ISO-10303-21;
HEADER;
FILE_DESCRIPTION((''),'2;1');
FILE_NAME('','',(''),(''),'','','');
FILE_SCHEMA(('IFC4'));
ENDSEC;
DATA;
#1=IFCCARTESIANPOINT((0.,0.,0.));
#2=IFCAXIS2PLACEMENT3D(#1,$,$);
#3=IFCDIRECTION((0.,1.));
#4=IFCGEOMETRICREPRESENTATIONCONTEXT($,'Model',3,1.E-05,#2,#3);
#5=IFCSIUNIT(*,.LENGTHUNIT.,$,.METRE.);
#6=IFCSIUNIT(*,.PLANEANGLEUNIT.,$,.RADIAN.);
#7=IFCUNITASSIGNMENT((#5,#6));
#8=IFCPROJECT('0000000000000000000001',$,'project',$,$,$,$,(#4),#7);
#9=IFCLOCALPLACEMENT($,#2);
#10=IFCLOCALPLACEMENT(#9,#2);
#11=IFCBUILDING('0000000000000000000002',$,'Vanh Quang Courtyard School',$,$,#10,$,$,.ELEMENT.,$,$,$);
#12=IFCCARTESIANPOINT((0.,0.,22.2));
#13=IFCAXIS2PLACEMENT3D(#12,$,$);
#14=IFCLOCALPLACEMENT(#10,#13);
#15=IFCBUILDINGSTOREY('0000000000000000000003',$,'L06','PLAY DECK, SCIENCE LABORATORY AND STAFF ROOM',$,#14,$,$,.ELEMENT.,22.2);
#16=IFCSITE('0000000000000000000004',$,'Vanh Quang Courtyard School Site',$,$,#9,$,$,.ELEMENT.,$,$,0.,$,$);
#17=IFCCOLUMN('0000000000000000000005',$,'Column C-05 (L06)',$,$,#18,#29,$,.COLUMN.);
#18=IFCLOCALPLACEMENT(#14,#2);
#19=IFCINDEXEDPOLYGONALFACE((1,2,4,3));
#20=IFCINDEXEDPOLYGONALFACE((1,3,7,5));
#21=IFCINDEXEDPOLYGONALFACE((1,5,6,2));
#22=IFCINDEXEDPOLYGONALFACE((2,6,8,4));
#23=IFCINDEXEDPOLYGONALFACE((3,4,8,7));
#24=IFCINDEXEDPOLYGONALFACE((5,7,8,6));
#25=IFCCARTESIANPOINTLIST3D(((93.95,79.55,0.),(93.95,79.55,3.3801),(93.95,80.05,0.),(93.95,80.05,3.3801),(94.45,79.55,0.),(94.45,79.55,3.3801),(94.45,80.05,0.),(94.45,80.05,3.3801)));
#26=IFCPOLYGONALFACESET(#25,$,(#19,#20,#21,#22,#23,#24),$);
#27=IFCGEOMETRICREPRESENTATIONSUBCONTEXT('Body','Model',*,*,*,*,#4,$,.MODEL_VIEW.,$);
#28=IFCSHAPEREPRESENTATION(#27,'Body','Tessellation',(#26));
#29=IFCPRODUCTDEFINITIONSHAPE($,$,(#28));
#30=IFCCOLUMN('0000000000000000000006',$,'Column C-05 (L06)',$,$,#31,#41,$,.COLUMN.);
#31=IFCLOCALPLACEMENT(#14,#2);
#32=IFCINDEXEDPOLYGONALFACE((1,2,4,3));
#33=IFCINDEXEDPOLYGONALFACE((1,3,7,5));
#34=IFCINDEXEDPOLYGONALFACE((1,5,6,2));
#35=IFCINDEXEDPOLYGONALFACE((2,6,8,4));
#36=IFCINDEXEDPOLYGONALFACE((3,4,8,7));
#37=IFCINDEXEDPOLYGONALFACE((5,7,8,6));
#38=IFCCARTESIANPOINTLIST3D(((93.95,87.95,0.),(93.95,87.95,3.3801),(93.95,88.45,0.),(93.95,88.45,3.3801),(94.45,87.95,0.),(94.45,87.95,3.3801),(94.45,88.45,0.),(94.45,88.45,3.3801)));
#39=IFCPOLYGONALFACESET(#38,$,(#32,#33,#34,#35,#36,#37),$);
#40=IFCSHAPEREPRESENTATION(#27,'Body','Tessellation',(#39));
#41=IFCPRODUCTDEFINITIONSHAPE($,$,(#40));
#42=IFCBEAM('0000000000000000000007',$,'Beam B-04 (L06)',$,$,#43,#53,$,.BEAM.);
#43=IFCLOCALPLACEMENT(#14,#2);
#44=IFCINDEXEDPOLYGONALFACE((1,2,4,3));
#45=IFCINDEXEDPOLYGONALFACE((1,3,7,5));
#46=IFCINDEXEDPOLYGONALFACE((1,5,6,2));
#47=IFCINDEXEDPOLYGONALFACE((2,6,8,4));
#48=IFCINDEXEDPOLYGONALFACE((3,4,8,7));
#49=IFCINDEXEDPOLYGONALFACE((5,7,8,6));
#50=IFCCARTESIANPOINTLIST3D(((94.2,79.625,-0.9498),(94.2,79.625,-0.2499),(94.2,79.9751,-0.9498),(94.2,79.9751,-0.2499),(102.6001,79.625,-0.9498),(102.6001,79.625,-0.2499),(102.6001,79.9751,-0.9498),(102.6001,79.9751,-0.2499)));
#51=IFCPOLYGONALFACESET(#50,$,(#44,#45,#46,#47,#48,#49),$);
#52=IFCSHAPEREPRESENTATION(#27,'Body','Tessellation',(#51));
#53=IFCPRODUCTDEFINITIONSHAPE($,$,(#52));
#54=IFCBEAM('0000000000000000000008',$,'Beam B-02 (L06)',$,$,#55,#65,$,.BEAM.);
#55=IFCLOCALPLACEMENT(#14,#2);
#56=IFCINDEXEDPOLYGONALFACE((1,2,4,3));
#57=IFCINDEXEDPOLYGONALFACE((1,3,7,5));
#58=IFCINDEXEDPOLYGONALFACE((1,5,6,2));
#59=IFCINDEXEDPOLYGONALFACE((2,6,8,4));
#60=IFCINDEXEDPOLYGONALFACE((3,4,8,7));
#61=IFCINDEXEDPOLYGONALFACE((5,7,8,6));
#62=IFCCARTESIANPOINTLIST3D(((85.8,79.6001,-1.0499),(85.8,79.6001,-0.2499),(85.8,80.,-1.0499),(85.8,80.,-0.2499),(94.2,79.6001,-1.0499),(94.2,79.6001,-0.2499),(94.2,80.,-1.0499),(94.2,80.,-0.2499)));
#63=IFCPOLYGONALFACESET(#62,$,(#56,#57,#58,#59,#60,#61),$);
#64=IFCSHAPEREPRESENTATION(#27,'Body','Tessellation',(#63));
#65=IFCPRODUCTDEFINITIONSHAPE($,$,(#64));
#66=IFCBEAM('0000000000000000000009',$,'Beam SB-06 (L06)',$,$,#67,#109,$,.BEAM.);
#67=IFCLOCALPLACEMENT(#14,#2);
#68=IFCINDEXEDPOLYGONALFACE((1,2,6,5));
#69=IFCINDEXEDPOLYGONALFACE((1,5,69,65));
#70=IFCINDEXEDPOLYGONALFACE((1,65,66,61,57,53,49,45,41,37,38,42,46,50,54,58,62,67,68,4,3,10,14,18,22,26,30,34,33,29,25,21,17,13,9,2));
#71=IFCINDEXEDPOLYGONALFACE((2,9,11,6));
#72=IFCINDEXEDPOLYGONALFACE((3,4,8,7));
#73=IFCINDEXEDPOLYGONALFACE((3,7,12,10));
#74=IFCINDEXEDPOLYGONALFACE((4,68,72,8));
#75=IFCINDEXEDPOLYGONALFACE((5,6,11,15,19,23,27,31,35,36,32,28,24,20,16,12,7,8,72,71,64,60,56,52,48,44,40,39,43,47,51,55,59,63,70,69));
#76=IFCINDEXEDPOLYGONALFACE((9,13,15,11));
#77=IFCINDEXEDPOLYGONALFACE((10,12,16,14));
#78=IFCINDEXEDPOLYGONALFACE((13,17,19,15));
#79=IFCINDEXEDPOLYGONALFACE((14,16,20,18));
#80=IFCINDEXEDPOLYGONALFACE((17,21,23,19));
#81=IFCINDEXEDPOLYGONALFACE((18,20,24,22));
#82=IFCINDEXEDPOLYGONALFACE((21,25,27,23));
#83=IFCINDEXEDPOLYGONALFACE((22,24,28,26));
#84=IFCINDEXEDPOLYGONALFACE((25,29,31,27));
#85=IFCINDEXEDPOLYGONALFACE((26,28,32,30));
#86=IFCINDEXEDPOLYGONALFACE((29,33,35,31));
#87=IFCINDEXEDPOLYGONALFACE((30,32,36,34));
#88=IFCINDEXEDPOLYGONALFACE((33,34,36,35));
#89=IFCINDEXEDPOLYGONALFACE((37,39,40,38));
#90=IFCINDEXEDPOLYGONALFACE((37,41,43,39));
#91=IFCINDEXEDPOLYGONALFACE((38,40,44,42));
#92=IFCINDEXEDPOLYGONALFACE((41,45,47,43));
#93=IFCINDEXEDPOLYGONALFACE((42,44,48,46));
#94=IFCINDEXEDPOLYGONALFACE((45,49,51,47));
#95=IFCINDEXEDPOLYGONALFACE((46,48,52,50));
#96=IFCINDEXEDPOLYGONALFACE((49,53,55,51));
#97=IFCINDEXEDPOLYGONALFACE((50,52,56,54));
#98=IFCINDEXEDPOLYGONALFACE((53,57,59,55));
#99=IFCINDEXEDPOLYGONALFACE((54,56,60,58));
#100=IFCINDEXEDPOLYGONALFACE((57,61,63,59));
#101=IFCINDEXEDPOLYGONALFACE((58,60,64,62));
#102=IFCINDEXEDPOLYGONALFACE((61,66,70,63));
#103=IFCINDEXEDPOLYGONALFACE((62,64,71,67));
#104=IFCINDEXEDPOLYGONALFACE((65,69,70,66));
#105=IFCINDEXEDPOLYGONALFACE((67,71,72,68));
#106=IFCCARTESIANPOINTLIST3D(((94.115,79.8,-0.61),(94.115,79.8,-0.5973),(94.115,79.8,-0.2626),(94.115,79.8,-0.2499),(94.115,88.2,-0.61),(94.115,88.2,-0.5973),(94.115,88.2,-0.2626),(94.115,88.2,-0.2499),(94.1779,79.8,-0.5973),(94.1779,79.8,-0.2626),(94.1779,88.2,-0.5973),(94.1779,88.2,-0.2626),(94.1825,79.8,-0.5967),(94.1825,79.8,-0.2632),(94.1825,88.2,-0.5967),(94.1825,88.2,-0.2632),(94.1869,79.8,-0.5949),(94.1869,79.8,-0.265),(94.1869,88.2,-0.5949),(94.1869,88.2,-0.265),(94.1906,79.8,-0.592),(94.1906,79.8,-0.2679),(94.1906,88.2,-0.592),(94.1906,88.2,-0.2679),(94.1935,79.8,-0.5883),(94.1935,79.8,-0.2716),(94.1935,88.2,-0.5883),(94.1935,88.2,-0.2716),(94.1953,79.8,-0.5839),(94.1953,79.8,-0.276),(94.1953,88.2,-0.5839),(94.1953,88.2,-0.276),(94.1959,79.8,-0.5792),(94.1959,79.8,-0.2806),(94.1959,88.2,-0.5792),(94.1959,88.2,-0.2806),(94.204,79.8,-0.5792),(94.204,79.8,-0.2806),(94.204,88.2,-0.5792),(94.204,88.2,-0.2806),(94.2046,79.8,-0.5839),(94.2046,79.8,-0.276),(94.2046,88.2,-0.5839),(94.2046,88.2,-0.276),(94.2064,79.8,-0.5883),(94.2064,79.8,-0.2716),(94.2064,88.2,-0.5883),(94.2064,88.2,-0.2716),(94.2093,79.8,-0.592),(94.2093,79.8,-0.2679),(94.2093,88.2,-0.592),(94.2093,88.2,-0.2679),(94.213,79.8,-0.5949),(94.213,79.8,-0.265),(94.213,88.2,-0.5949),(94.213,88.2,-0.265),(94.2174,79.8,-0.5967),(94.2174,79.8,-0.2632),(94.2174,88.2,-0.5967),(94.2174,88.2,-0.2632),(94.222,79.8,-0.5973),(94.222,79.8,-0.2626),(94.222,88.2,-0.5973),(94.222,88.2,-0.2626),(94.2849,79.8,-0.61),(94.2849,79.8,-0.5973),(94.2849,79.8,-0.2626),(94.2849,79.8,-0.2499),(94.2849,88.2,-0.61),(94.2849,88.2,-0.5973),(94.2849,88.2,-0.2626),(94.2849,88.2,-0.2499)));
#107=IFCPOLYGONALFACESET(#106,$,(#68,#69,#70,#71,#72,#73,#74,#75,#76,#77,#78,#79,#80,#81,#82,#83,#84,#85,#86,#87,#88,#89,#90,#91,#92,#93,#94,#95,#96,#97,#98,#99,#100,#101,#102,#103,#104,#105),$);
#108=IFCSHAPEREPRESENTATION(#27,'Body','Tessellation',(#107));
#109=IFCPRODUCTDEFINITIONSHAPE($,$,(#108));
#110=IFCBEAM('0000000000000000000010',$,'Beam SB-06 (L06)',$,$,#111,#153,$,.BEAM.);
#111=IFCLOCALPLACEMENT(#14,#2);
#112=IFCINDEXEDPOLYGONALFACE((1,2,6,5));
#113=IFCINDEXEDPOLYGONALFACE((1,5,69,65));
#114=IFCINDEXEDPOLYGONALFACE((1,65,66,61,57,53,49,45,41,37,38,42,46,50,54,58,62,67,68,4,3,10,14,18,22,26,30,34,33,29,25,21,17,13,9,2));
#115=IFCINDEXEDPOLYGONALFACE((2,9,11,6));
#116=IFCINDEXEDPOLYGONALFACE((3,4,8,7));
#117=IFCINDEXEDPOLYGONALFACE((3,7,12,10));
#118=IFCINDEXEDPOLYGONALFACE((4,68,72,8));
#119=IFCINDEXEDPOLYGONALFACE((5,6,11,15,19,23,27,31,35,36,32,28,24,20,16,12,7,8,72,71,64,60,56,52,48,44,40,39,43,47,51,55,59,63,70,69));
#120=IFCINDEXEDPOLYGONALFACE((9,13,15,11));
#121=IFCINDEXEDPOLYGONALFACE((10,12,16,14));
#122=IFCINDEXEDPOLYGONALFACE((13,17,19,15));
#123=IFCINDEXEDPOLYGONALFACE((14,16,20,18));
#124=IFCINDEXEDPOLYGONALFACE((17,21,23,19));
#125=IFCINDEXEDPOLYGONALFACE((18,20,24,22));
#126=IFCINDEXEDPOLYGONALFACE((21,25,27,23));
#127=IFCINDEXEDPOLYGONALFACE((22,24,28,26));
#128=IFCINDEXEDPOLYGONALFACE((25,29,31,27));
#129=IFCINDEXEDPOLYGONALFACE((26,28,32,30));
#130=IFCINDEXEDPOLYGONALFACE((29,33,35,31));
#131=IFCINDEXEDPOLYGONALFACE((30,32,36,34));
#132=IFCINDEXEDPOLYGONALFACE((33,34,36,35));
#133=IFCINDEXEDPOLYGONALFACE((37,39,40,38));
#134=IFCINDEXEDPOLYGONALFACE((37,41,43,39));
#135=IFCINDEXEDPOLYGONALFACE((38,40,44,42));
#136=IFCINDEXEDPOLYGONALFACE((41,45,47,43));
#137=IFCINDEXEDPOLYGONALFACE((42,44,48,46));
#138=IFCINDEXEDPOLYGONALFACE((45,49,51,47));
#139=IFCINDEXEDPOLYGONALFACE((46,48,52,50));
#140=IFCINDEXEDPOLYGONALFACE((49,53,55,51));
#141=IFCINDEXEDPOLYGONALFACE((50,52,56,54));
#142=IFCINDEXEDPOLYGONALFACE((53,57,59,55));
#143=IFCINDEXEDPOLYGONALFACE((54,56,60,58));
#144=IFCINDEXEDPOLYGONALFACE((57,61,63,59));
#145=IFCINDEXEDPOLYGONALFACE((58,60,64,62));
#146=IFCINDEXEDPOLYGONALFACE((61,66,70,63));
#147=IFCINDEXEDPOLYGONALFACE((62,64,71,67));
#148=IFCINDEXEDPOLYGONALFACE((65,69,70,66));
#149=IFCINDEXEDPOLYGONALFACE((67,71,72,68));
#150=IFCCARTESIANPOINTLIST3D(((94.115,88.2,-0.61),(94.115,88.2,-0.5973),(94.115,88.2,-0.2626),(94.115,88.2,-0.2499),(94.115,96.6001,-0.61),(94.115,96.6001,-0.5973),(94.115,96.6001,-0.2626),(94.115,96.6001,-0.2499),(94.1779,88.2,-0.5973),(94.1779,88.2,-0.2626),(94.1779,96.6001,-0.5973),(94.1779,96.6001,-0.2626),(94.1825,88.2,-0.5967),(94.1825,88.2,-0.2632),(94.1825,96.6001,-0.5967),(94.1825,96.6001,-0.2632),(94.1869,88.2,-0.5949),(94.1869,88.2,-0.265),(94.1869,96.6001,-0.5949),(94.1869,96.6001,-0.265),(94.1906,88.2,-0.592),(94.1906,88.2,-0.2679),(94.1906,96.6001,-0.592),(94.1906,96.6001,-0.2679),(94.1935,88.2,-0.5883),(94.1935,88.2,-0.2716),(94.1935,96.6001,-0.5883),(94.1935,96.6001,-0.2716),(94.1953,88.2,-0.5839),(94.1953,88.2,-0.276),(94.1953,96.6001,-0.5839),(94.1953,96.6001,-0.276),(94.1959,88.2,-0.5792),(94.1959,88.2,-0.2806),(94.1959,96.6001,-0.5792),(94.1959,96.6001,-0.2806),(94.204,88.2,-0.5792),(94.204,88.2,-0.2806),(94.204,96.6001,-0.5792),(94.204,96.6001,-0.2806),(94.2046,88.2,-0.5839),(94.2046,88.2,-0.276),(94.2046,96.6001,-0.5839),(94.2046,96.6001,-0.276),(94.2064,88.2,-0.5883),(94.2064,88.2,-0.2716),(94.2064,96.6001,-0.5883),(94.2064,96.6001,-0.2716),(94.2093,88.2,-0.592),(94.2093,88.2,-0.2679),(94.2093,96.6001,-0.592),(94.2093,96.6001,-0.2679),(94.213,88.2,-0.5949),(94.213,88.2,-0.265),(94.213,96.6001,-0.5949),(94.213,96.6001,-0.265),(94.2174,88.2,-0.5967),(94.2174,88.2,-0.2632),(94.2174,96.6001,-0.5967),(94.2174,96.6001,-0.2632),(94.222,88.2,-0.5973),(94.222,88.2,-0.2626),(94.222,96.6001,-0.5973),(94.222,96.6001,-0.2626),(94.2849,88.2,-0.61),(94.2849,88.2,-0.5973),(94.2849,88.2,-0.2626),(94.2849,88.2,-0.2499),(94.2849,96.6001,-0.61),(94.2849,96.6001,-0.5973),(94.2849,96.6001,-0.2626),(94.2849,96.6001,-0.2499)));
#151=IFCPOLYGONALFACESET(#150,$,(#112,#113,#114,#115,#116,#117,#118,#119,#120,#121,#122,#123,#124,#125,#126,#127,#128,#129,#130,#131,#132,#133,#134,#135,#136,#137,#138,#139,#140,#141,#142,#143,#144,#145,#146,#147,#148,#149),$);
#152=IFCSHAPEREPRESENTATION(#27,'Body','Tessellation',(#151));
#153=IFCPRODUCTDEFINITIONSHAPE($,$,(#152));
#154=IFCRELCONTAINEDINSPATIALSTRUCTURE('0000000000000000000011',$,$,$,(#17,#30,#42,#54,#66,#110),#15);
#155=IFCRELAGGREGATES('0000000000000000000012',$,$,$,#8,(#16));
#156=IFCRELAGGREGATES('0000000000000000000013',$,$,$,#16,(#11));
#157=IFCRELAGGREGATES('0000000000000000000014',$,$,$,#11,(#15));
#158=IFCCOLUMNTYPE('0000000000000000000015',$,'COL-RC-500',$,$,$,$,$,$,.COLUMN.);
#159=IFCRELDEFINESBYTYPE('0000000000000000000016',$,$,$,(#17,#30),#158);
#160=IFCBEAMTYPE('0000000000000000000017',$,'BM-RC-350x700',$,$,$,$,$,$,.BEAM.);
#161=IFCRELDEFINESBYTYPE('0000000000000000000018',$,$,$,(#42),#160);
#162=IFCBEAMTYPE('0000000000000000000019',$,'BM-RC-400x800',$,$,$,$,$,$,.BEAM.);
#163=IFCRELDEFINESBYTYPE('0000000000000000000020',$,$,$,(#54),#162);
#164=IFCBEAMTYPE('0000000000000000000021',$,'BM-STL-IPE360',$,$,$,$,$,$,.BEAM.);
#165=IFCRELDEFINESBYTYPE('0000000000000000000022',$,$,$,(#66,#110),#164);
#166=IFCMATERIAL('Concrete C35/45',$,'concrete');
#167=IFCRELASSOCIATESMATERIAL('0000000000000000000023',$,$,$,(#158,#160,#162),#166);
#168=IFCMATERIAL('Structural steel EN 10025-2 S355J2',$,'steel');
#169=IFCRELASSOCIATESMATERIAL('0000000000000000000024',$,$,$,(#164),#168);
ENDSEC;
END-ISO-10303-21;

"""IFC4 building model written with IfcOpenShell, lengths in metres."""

from ifc_helpers import new_model, si_unit, direction, frame, origin, origin_2d, place, context, subcontext, project, spatial, rectangle, i_section, extrude, material, material_profile, profile_set, type_object, element, save


model = new_model("IFC4")

# Units and contexts
model_context = context("Model", 3, precision=1e-05, world=origin(), true_north=direction((0.0, 1.0)))
body_context = subcontext(model_context, "Body", "Model", "MODEL_VIEW")
ifc_project = project(units=[si_unit("LENGTHUNIT", "METRE"), si_unit("PLANEANGLEUNIT", "RADIAN")], contexts=[model_context])

# Site, building, storey
site_placement = place(None, origin())
site = spatial("IfcSite", under=ifc_project, at=site_placement, Name="Vanh Quang Courtyard School Site", CompositionType="ELEMENT", RefElevation=0.0)
building_placement = place(site_placement, origin())
building = spatial("IfcBuilding", under=site, at=building_placement, Name="Vanh Quang Courtyard School", CompositionType="ELEMENT")
storey_placement = place(building_placement, frame((0.0, 0.0, 22.2)))
storey = spatial("IfcBuildingStorey", under=building, at=storey_placement, Name="L06", Description="PLAY DECK, SCIENCE LABORATORY AND STAFF ROOM", CompositionType="ELEMENT", Elevation=22.2)

# Columns
ifc_material_1 = material(Name="Concrete C35/45", Category="concrete")
ifc_material_profile_1 = material_profile(ifc_material_1, rectangle(XDim=0.5, YDim=0.5, at=origin_2d()), Name="RC-COL 500x500")
ifc_profile_set_1 = profile_set([ifc_material_profile_1], Name="Concrete C35/45")
column_type = type_object("IfcColumnType", Name="COL-RC-500", PredefinedType="COLUMN", material=ifc_profile_set_1)
for number, where, z_axis, x_axis, name in (
    (1, (94.2, 79.8, 0.0), (0.0, 0.0, 1.0), (1.0, 0.0, 0.0), "Column C-05 (L06)"),
    (2, (94.2, 88.2, 0.0), (0.0, 0.0, 1.0), (1.0, 0.0, 0.0), "Column C-05 (L06)"),
):
    element("IfcColumn", number, at=place(storey_placement, frame(where, z_axis=z_axis, x_axis=x_axis)), inside=storey, type_object=column_type, Name=name, PredefinedType="COLUMN", context=body_context, shape_type="SweptSolid", body=[
        extrude(rectangle(XDim=0.5, YDim=0.5, at=origin_2d()), origin(), (0.0, 0.0, 1.0), 3.3801),
    ])

# Beams
ifc_material_profile_2 = material_profile(ifc_material_1, rectangle(XDim=0.3501, YDim=0.7, at=origin_2d()), Name="RC-BM 350x700")
ifc_profile_set_2 = profile_set([ifc_material_profile_2], Name="Concrete C35/45")
beam_type_1 = type_object("IfcBeamType", Name="BM-RC-350x700", PredefinedType="BEAM", material=ifc_profile_set_2)
beam_1_placement = place(storey_placement, frame((94.2, 79.8, -0.5999), z_axis=(1.0, 0.0, 0.0), x_axis=(0.0, 1.0, 0.0)))
element("IfcBeam", 3, at=beam_1_placement, inside=storey, type_object=beam_type_1, Name="Beam B-04 (L06)", PredefinedType="BEAM", context=body_context, shape_type="SweptSolid", body=[
    extrude(rectangle(XDim=0.3501, YDim=0.7, at=origin_2d()), origin(), (0.0, 0.0, 1.0), 8.4001),
])
ifc_material_profile_3 = material_profile(ifc_material_1, rectangle(XDim=0.3999, YDim=0.8, at=origin_2d()), Name="RC-BM 400x800")
ifc_profile_set_3 = profile_set([ifc_material_profile_3], Name="Concrete C35/45")
beam_type_2 = type_object("IfcBeamType", Name="BM-RC-400x800", PredefinedType="BEAM", material=ifc_profile_set_3)
beam_2_placement = place(storey_placement, frame((85.8, 79.8, -0.6499), z_axis=(1.0, 0.0, 0.0), x_axis=(0.0, 1.0, 0.0)))
element("IfcBeam", 4, at=beam_2_placement, inside=storey, type_object=beam_type_2, Name="Beam B-02 (L06)", PredefinedType="BEAM", context=body_context, shape_type="SweptSolid", body=[
    extrude(rectangle(XDim=0.3999, YDim=0.8, at=origin_2d()), origin(), (0.0, 0.0, 1.0), 8.3999),
])
ifc_material_2 = material(Name="Structural steel EN 10025-2 S355J2", Category="steel")
ifc_material_profile_4 = material_profile(ifc_material_2, i_section(OverallWidth=0.1699, OverallDepth=0.3601, WebThickness=0.0081, FlangeThickness=0.0127, FilletRadius=0.0181, at=origin_2d()), Name="IPE 360")
ifc_profile_set_4 = profile_set([ifc_material_profile_4], Name="Structural steel EN 10025-2 S355J2")
beam_type_3 = type_object("IfcBeamType", Name="BM-STL-IPE360", PredefinedType="BEAM", material=ifc_profile_set_4)
beam_3_placement = place(storey_placement, frame((94.2, 79.8, -0.4299), z_axis=(0.0, 1.0, 0.0), x_axis=(-1.0, 0.0, 0.0)))
element("IfcBeam", 5, at=beam_3_placement, inside=storey, type_object=beam_type_3, Name="Beam SB-06 (L06)", PredefinedType="BEAM", context=body_context, shape_type="SweptSolid", body=[
    extrude(i_section(OverallWidth=0.1699, OverallDepth=0.3601, WebThickness=0.0081, FlangeThickness=0.0127, FilletRadius=0.0181, at=origin_2d()), origin(), (0.0, 0.0, 1.0), 8.3999),
])
beam_4_placement = place(storey_placement, frame((94.2, 88.2, -0.4299), z_axis=(0.0, 1.0, 0.0), x_axis=(-1.0, 0.0, 0.0)))
element("IfcBeam", 6, at=beam_4_placement, inside=storey, type_object=beam_type_3, Name="Beam SB-06 (L06)", PredefinedType="BEAM", context=body_context, shape_type="SweptSolid", body=[
    extrude(i_section(OverallWidth=0.1699, OverallDepth=0.3601, WebThickness=0.0081, FlangeThickness=0.0127, FilletRadius=0.0181, at=origin_2d()), origin(), (0.0, 0.0, 1.0), 8.4001),
])

save(model, "model.ifc")
